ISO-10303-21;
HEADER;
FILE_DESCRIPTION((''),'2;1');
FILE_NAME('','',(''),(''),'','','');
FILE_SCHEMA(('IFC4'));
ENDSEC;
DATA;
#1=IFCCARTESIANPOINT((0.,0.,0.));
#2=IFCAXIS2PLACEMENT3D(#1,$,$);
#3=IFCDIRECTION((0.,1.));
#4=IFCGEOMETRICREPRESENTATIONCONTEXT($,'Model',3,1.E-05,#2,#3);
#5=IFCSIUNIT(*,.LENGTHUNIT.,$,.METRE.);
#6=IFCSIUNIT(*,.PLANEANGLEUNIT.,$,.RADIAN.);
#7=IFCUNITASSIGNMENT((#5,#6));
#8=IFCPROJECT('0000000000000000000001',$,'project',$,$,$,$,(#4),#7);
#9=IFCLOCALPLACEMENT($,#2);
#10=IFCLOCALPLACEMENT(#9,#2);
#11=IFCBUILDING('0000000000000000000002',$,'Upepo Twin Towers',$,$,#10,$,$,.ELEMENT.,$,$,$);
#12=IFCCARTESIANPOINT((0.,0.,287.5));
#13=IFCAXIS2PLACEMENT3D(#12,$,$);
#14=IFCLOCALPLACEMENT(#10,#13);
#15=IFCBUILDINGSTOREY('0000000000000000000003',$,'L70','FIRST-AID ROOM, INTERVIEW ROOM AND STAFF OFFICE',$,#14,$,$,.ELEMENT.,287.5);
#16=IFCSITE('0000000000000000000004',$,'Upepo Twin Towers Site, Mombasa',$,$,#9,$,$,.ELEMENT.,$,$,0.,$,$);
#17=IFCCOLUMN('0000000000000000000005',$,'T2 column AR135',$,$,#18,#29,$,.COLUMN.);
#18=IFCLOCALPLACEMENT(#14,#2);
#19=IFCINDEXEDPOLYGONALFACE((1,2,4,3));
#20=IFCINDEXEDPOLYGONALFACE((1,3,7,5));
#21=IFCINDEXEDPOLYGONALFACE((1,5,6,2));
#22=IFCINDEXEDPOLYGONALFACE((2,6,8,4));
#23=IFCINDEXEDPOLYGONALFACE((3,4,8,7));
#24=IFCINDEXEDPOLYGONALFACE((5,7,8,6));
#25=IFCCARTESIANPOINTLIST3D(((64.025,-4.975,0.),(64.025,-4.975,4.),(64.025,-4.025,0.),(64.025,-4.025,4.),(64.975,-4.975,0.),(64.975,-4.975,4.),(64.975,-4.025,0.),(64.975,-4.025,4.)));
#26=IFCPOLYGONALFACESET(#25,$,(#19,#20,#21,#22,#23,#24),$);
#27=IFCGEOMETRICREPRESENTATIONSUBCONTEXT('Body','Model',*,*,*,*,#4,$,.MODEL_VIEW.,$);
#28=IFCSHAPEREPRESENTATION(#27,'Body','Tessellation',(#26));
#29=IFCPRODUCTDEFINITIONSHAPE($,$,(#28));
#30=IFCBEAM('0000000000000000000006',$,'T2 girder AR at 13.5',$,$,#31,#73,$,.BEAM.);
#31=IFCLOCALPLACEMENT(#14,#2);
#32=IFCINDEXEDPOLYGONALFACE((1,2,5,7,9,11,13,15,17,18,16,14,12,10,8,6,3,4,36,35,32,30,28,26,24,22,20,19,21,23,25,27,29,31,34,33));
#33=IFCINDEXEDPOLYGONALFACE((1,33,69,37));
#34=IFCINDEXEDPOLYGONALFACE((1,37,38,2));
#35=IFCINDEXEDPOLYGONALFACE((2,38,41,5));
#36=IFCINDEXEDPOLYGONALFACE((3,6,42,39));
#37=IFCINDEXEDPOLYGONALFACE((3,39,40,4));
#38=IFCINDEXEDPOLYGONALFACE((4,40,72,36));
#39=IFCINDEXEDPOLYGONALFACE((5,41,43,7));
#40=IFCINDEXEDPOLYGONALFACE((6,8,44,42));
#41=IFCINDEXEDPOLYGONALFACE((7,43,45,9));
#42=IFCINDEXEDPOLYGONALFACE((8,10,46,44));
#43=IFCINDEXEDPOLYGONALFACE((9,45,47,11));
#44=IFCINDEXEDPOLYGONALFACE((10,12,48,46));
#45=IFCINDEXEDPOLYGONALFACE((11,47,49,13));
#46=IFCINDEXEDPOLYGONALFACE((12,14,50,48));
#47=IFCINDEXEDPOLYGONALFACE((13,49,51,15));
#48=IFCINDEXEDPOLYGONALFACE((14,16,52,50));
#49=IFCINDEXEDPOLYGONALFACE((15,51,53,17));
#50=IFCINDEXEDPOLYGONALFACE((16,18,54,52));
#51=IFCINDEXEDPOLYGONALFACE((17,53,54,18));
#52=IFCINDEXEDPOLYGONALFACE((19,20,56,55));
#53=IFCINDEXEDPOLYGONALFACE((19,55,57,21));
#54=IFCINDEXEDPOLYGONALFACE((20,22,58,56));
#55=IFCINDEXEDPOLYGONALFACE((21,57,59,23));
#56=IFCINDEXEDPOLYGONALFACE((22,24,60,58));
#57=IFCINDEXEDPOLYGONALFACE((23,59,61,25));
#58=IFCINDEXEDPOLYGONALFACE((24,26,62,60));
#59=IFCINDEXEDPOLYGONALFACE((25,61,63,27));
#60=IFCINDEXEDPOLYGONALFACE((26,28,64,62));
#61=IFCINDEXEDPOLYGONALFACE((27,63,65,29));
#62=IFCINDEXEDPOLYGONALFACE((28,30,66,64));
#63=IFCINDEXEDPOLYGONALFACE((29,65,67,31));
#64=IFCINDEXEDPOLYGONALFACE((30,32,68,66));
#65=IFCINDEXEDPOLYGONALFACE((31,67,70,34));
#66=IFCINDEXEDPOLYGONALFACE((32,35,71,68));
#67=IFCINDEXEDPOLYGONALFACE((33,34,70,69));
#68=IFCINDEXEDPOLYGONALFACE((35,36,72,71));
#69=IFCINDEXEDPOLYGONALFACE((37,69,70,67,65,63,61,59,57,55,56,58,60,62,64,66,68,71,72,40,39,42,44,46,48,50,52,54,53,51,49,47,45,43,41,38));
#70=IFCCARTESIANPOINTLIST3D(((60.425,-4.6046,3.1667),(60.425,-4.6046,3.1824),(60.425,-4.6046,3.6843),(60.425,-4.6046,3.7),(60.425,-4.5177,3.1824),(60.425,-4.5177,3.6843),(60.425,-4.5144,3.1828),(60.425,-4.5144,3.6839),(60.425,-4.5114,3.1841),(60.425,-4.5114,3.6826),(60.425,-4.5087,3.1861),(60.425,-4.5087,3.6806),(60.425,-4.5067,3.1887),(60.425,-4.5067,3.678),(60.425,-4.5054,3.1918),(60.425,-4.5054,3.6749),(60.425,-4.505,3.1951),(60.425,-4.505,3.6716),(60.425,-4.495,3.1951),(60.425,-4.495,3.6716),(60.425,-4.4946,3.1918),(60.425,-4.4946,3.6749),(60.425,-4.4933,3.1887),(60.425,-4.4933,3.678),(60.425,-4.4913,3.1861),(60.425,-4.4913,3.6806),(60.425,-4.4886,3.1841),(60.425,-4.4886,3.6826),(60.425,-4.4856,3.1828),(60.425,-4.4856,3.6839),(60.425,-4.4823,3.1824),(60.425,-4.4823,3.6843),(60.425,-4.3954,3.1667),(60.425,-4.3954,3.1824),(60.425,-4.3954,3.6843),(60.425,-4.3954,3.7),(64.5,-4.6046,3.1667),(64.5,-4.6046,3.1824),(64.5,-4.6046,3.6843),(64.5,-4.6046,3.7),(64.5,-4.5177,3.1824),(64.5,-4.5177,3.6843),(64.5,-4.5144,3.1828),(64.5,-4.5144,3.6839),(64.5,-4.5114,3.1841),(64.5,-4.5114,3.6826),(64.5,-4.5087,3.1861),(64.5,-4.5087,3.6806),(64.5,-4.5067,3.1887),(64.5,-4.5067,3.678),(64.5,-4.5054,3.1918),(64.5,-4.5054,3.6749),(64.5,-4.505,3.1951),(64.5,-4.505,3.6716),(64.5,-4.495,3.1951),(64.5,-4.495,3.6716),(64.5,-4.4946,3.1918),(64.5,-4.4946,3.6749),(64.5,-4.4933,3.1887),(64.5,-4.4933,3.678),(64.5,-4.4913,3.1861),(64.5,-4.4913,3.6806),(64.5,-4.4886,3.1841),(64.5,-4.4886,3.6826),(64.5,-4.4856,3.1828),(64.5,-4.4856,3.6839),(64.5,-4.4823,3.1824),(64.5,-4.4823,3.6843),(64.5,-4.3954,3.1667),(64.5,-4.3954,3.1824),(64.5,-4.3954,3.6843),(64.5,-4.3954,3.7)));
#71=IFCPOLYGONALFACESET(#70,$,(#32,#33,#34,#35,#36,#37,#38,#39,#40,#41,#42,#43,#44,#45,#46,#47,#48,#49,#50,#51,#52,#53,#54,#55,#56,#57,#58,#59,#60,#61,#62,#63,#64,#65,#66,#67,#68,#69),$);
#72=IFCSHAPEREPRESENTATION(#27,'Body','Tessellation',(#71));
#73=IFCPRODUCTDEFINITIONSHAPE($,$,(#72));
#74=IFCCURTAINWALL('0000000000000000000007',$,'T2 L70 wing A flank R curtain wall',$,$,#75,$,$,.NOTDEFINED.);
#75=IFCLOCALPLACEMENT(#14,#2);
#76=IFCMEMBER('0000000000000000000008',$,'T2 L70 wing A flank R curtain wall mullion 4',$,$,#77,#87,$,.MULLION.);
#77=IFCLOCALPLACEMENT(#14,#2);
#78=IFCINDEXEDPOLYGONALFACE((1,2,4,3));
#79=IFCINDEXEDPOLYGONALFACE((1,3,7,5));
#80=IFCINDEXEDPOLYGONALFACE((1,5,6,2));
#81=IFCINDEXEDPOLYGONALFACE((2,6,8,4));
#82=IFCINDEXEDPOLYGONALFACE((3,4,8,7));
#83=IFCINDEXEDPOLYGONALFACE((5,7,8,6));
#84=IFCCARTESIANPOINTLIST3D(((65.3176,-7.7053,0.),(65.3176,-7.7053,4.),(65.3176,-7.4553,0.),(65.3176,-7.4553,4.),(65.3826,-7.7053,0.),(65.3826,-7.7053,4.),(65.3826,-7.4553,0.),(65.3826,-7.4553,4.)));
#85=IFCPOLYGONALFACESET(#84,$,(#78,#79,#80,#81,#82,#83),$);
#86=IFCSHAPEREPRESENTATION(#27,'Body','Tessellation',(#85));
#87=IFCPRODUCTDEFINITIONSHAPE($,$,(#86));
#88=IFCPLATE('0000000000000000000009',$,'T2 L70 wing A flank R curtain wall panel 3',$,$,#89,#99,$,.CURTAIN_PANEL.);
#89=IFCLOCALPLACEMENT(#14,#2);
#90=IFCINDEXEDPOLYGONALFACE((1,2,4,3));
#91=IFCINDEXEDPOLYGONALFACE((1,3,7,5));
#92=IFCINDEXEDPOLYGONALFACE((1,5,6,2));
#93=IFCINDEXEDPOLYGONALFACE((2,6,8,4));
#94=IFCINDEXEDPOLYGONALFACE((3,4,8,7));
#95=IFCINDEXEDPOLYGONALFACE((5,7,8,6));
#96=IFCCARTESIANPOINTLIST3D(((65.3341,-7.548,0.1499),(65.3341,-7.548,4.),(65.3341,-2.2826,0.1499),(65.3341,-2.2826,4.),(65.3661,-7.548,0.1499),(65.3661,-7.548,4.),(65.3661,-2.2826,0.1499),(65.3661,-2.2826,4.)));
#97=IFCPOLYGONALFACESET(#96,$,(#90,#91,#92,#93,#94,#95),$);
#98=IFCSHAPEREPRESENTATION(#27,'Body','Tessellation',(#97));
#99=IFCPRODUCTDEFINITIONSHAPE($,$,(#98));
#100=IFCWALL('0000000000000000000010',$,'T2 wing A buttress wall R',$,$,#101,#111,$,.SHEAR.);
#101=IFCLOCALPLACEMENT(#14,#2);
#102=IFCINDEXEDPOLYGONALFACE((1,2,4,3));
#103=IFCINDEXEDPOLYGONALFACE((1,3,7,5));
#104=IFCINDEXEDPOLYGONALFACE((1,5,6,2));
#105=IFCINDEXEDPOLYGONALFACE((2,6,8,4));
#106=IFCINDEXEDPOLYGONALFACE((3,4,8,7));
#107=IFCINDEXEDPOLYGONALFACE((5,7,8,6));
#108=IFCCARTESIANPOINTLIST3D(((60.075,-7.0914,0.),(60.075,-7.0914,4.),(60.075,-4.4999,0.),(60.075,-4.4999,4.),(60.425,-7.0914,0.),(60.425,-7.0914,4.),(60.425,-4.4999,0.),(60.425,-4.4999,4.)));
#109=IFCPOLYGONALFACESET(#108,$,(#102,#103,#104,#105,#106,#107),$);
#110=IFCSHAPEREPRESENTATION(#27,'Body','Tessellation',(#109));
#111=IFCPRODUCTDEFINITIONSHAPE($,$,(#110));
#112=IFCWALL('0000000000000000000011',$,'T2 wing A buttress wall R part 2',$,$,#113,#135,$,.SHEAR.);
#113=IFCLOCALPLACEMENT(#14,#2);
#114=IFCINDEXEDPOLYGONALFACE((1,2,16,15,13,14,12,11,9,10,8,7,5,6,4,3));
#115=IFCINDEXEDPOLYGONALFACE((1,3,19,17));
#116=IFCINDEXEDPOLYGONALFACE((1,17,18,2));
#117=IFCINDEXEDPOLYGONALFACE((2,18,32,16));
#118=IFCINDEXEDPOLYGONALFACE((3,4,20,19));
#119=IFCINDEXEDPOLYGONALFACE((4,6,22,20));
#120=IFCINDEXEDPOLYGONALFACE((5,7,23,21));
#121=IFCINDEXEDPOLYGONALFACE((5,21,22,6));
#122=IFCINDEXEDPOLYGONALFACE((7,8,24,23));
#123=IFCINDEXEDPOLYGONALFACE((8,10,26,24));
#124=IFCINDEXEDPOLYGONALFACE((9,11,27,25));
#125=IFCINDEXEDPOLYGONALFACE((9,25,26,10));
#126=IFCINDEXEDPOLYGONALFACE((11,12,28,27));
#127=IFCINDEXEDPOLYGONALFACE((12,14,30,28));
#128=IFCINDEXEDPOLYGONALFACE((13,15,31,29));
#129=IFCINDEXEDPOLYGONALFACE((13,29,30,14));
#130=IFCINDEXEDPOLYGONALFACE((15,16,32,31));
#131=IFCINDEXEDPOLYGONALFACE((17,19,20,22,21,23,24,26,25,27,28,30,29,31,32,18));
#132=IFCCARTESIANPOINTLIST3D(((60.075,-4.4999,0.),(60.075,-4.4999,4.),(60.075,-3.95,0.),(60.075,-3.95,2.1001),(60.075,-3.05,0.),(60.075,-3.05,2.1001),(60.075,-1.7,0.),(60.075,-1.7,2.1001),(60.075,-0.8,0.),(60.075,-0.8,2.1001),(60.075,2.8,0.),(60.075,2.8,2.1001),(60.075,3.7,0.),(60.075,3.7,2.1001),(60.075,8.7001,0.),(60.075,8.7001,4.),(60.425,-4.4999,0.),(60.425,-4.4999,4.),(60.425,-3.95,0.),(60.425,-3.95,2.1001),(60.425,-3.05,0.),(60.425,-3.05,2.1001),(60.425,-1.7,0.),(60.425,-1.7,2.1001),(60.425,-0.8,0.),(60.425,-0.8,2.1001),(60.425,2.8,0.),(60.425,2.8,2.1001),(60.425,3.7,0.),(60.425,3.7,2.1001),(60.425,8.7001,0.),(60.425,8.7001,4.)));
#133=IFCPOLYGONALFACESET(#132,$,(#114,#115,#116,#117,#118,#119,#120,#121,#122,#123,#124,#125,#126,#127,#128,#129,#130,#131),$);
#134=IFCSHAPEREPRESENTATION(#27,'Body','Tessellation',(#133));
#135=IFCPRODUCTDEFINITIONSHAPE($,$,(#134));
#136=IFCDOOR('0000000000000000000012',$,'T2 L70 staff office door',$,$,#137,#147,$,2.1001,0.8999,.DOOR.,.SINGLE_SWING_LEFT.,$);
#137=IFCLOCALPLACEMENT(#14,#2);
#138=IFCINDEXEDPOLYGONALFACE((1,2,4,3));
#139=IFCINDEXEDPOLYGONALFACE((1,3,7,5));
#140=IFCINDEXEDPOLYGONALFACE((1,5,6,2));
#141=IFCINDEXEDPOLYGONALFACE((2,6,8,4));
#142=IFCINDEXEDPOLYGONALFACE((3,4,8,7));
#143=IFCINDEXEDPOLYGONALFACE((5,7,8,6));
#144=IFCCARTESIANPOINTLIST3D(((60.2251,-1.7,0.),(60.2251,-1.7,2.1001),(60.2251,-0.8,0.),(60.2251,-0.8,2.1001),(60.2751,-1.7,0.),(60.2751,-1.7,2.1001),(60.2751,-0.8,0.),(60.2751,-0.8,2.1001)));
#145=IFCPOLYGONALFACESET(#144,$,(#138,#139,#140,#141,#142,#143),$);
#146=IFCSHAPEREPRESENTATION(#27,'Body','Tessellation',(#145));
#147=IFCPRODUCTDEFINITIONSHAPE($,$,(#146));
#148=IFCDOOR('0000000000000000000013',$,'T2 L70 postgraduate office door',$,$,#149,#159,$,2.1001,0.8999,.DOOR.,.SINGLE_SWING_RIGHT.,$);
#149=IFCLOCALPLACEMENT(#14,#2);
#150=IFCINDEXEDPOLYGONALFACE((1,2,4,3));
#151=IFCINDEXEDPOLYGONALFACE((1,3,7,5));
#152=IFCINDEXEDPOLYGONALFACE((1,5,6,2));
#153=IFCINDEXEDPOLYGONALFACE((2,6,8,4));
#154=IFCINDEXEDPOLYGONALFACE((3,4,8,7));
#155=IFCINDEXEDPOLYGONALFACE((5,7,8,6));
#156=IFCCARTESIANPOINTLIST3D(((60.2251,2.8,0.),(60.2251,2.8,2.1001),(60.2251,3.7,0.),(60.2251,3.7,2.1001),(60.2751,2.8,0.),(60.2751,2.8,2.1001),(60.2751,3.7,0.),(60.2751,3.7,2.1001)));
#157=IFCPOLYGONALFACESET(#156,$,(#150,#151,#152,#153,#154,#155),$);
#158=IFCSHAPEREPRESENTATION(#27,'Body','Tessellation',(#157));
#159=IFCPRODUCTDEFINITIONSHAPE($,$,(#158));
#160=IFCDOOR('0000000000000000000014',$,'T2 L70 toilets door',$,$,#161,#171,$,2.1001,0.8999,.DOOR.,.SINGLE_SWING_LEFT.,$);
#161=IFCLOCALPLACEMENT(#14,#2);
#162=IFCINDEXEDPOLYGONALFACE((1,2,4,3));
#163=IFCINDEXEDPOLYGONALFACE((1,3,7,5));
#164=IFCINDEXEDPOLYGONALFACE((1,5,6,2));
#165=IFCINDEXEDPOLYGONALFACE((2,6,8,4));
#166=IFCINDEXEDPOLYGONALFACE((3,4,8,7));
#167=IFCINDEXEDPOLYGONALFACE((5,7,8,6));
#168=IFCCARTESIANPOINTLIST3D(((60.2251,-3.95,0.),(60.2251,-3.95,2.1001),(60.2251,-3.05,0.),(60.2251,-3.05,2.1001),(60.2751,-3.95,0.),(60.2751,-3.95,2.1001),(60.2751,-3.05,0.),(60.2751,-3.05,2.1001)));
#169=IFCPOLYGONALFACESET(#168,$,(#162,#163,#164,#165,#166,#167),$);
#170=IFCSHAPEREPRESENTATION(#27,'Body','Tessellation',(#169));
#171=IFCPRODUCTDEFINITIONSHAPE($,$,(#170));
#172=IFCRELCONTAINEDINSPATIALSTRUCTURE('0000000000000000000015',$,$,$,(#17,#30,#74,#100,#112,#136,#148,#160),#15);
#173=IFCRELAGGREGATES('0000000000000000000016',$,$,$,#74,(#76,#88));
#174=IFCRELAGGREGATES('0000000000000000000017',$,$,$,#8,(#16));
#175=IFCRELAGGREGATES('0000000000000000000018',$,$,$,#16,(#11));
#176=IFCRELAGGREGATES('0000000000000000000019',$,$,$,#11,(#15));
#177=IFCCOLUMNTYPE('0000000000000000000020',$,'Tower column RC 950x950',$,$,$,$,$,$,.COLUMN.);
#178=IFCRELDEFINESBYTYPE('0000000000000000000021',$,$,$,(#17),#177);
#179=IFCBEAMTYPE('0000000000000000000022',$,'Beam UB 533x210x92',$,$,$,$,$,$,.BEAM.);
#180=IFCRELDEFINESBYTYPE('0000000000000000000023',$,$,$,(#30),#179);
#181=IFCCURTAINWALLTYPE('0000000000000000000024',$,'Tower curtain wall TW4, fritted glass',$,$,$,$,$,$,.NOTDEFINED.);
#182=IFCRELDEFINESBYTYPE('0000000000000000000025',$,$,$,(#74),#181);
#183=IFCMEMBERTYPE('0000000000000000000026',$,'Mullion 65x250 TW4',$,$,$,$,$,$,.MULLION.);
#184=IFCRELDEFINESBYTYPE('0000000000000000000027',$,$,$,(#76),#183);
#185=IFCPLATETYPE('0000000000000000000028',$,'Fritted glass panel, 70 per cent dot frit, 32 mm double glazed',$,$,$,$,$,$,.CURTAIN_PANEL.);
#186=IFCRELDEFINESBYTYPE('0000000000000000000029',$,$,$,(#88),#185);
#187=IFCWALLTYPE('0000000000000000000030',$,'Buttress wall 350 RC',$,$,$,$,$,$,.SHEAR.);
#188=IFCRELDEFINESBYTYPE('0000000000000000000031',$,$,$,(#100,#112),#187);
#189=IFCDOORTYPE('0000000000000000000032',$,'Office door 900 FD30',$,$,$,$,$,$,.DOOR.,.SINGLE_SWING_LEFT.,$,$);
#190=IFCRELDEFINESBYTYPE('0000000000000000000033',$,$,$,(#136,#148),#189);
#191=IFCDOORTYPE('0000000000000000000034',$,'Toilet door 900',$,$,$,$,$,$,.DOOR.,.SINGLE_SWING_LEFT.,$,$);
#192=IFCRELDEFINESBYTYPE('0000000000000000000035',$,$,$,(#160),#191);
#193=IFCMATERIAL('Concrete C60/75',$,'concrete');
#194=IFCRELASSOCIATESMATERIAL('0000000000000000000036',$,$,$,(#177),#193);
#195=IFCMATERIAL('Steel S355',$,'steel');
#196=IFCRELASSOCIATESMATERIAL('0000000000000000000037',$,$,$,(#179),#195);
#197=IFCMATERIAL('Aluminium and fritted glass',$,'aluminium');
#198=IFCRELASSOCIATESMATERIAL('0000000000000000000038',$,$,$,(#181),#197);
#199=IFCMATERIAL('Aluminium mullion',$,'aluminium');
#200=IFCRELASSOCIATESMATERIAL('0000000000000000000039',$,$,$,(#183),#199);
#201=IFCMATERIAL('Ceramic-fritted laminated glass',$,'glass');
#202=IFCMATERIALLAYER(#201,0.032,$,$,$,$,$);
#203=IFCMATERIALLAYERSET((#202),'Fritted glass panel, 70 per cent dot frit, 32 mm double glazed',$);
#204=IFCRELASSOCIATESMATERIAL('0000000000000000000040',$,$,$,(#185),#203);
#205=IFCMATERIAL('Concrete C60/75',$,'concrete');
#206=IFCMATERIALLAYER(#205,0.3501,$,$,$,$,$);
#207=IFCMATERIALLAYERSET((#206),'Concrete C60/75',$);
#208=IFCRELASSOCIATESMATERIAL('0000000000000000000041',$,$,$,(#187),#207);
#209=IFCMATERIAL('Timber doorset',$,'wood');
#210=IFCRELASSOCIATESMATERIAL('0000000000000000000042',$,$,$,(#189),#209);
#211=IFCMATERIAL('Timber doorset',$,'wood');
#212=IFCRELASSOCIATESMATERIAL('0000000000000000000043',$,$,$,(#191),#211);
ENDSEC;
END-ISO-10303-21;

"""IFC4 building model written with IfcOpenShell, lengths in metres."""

from ifc_helpers import new_model, si_unit, direction, frame, frame_2d, origin, origin_2d, place, context, subcontext, project, spatial, rectangle, i_section, extrude, material, layer, layer_set, material_profile, profile_set, type_object, element, fill, aggregate, save


model = new_model("IFC4")

# Units and contexts
model_context = context("Model", 3, precision=1e-05, world=origin(), true_north=direction((0.0, 1.0)))
body_context = subcontext(model_context, "Body", "Model", "MODEL_VIEW")
ifc_project = project(units=[si_unit("LENGTHUNIT", "METRE"), si_unit("PLANEANGLEUNIT", "RADIAN")], contexts=[model_context])

# Site, building, storey
site_placement = place(None, origin())
site = spatial("IfcSite", under=ifc_project, at=site_placement, Name="Upepo Twin Towers Site, Mombasa", CompositionType="ELEMENT", RefElevation=0.0)
building_placement = place(site_placement, origin())
building = spatial("IfcBuilding", under=site, at=building_placement, Name="Upepo Twin Towers", CompositionType="ELEMENT")
storey_placement = place(building_placement, frame((0.0, 0.0, 287.5)))
storey = spatial("IfcBuildingStorey", under=building, at=storey_placement, Name="L70", Description="FIRST-AID ROOM, INTERVIEW ROOM AND STAFF OFFICE", CompositionType="ELEMENT", Elevation=287.5)

# Column
ifc_material_1 = material(Name="Concrete C60/75", Category="concrete")
ifc_material_profile_1 = material_profile(ifc_material_1, rectangle(XDim=0.95, YDim=0.95, at=origin_2d()), Name="RC 950x950")
ifc_profile_set_1 = profile_set([ifc_material_profile_1], Name="Concrete C60/75")
column_type = type_object("IfcColumnType", Name="Tower column RC 950x950", PredefinedType="COLUMN", material=ifc_profile_set_1)
column_placement = place(storey_placement, frame((64.5, -4.5, 0.0), z_axis=(0.0, 0.0, 1.0), x_axis=(1.0, 0.0, 0.0)))
element("IfcColumn", 1, at=column_placement, inside=storey, type_object=column_type, Name="T2 column AR135", PredefinedType="COLUMN", context=body_context, shape_type="SweptSolid", body=[
    extrude(rectangle(XDim=0.95, YDim=0.95, at=origin_2d()), origin(), (0.0, 0.0, 1.0), 4.0),
])

# Beam
ifc_material_2 = material(Name="Steel S355", Category="steel")
ifc_material_profile_2 = material_profile(ifc_material_2, i_section(OverallWidth=0.2092, OverallDepth=0.5332, WebThickness=0.01, FlangeThickness=0.0156, FilletRadius=0.0127, at=origin_2d()), Name="UB 533x210x92")
ifc_profile_set_2 = profile_set([ifc_material_profile_2], Name="Steel S355")
beam_type = type_object("IfcBeamType", Name="Beam UB 533x210x92", PredefinedType="BEAM", material=ifc_profile_set_2)
beam_placement = place(storey_placement, frame((64.5, -4.5, 3.4333), z_axis=(-1.0, 0.0, 0.0), x_axis=(0.0, -1.0, 0.0)))
element("IfcBeam", 2, at=beam_placement, inside=storey, type_object=beam_type, Name="T2 girder AR at 13.5", PredefinedType="BEAM", context=body_context, shape_type="SweptSolid", body=[
    extrude(i_section(OverallWidth=0.2092, OverallDepth=0.5332, WebThickness=0.01, FlangeThickness=0.0156, FilletRadius=0.0127, at=origin_2d()), origin(), (0.0, 0.0, 1.0), 4.075),
])

# Curtain wall, member, plate
ifc_material_3 = material(Name="Aluminium and fritted glass", Category="aluminium")
curtain_wall_type = type_object("IfcCurtainWallType", Name="Tower curtain wall TW4, fritted glass", PredefinedType="NOTDEFINED", material=ifc_material_3)
curtain_wall_placement = place(storey_placement, origin())
curtain_wall = element("IfcCurtainWall", 3, at=curtain_wall_placement, inside=storey, type_object=curtain_wall_type, Name="T2 L70 wing A flank R curtain wall", PredefinedType="NOTDEFINED")
ifc_material_4 = material(Name="Aluminium mullion", Category="aluminium")
ifc_material_profile_3 = material_profile(ifc_material_4, rectangle(XDim=0.0649, YDim=0.25, at=origin_2d()), Name="MULLION 65x250")
ifc_profile_set_3 = profile_set([ifc_material_profile_3], Name="Aluminium mullion")
member_type = type_object("IfcMemberType", Name="Mullion 65x250 TW4", PredefinedType="MULLION", material=ifc_profile_set_3)
member_placement = place(storey_placement, frame((65.3501, -7.5803, 0.0), z_axis=(0.0, 0.0, 1.0), x_axis=(1.0, 0.0, 0.0)))
member = element("IfcMember", 4, at=member_placement, type_object=member_type, Name="T2 L70 wing A flank R curtain wall mullion 4", PredefinedType="MULLION", context=body_context, shape_type="SweptSolid", body=[
    extrude(rectangle(XDim=0.0649, YDim=0.25, at=origin_2d()), origin(), (0.0, 0.0, 1.0), 4.0),
])
ifc_material_5 = material(Name="Ceramic-fritted laminated glass", Category="glass")
ifc_layer_1 = layer(ifc_material_5, 0.032)
ifc_layer_set_1 = layer_set([ifc_layer_1], Name="Fritted glass panel, 70 per cent dot frit, 32 mm double glazed")
plate_type = type_object("IfcPlateType", Name="Fritted glass panel, 70 per cent dot frit, 32 mm double glazed", PredefinedType="CURTAIN_PANEL", material=ifc_layer_set_1)
plate_placement = place(storey_placement, frame((65.3501, -4.9153, 0.1499), z_axis=(0.0, 0.0, 1.0), x_axis=(0.0, -1.0, 0.0)))
plate = element("IfcPlate", 5, at=plate_placement, type_object=plate_type, Name="T2 L70 wing A flank R curtain wall panel 3", PredefinedType="CURTAIN_PANEL", context=body_context, shape_type="SweptSolid", body=[
    extrude(rectangle(XDim=5.2654, YDim=0.032, at=origin_2d()), origin(), (0.0, 0.0, 1.0), 3.8501),
])
aggregate(curtain_wall, [member, plate])

# Wall
ifc_material_6 = material(Name="Concrete C60/75", Category="concrete")
ifc_layer_2 = layer(ifc_material_6, 0.3501)
ifc_layer_set_2 = layer_set([ifc_layer_2], Name="Concrete C60/75")
wall_type_1 = type_object("IfcWallType", Name="Buttress wall 350 RC", PredefinedType="SHEAR", material=ifc_layer_set_2)
wall_1_placement = place(storey_placement, frame((60.25, -7.0916, 0.0), z_axis=(0.0, 0.0, 1.0), x_axis=(0.0, 1.0, 0.0)))
element("IfcWall", 6, at=wall_1_placement, inside=storey, type_object=wall_type_1, Name="T2 wing A buttress wall R", PredefinedType="SHEAR", context=body_context, shape_type="SweptSolid", body=[
    extrude(rectangle(XDim=2.5916, YDim=0.3501, at=frame_2d((1.2959, 0.0))), origin(), (0.0, 0.0, 1.0), 4.0),
])

# Wall, openings, doors
wall_2_placement = place(storey_placement, frame((60.25, -4.5, 0.0), z_axis=(0.0, 0.0, 1.0), x_axis=(0.0, 1.0, 0.0)))
wall_2 = element("IfcWall", 7, at=wall_2_placement, inside=storey, type_object=wall_type_1, Name="T2 wing A buttress wall R part 2", PredefinedType="SHEAR", context=body_context, shape_type="SweptSolid", body=[
    extrude(rectangle(XDim=13.2, YDim=0.3501, at=frame_2d((6.6001, 0.0))), origin(), (0.0, 0.0, 1.0), 4.0),
])
opening_1_placement = place(wall_2_placement, frame((0.55, 0.0, 0.0)))
opening_1 = element("IfcOpeningElement", 8, at=opening_1_placement, cuts=wall_2, PredefinedType="OPENING", context=body_context, shape_type="SweptSolid", body=[
    extrude(rectangle(XDim=0.8999, YDim=2.1001, at=frame_2d((0.45, 1.05))), frame((0.0, 0.1851, 0.0), z_axis=(0.0, -1.0, 0.0), x_axis=(1.0, 0.0, 0.0)), (0.0, 0.0, 1.0), 0.3701),
])
opening_2_placement = place(wall_2_placement, frame((2.8, 0.0, 0.0)))
opening_2 = element("IfcOpeningElement", 9, at=opening_2_placement, cuts=wall_2, PredefinedType="OPENING", context=body_context, shape_type="SweptSolid", body=[
    extrude(rectangle(XDim=0.8999, YDim=2.1001, at=frame_2d((0.45, 1.05))), frame((0.0, 0.1851, 0.0), z_axis=(0.0, -1.0, 0.0), x_axis=(1.0, 0.0, 0.0)), (0.0, 0.0, 1.0), 0.3701),
])
opening_3_placement = place(wall_2_placement, frame((7.3, 0.0, 0.0)))
opening_3 = element("IfcOpeningElement", 10, at=opening_3_placement, cuts=wall_2, PredefinedType="OPENING", context=body_context, shape_type="SweptSolid", body=[
    extrude(rectangle(XDim=0.8999, YDim=2.1001, at=frame_2d((0.45, 1.05))), frame((0.0, 0.1851, 0.0), z_axis=(0.0, -1.0, 0.0), x_axis=(1.0, 0.0, 0.0)), (0.0, 0.0, 1.0), 0.3701),
])
ifc_material_7 = material(Name="Timber doorset", Category="wood")
door_type_1 = type_object("IfcDoorType", Name="Office door 900 FD30", OperationType="SINGLE_SWING_LEFT", PredefinedType="DOOR", material=ifc_material_7)
door_1_placement = place(opening_2_placement, origin())
door_1 = element("IfcDoor", 11, at=door_1_placement, inside=storey, type_object=door_type_1, Name="T2 L70 staff office door", OperationType="SINGLE_SWING_LEFT", OverallHeight=2.1001, OverallWidth=0.8999, PredefinedType="DOOR", context=body_context, shape_type="SweptSolid", body=[
    extrude(rectangle(XDim=0.8999, YDim=2.1001, at=frame_2d((0.45, 1.05))), frame((0.0, 0.0249, 0.0), z_axis=(0.0, -1.0, 0.0), x_axis=(1.0, 0.0, 0.0)), (0.0, 0.0, 1.0), 0.05),
])
fill(opening_2, door_1)
door_2_placement = place(opening_3_placement, origin())
door_2 = element("IfcDoor", 12, at=door_2_placement, inside=storey, type_object=door_type_1, Name="T2 L70 postgraduate office door", OperationType="SINGLE_SWING_RIGHT", OverallHeight=2.1001, OverallWidth=0.8999, PredefinedType="DOOR", context=body_context, shape_type="SweptSolid", body=[
    extrude(rectangle(XDim=0.8999, YDim=2.1001, at=frame_2d((0.45, 1.05))), frame((0.0, 0.0249, 0.0), z_axis=(0.0, -1.0, 0.0), x_axis=(1.0, 0.0, 0.0)), (0.0, 0.0, 1.0), 0.05),
])
fill(opening_3, door_2)
ifc_material_8 = material(Name="Timber doorset", Category="wood")
door_type_2 = type_object("IfcDoorType", Name="Toilet door 900", OperationType="SINGLE_SWING_LEFT", PredefinedType="DOOR", material=ifc_material_8)
door_3_placement = place(opening_1_placement, origin())
door_3 = element("IfcDoor", 13, at=door_3_placement, inside=storey, type_object=door_type_2, Name="T2 L70 toilets door", OperationType="SINGLE_SWING_LEFT", OverallHeight=2.1001, OverallWidth=0.8999, PredefinedType="DOOR", context=body_context, shape_type="SweptSolid", body=[
    extrude(rectangle(XDim=0.8999, YDim=2.1001, at=frame_2d((0.45, 1.05))), frame((0.0, 0.0249, 0.0), z_axis=(0.0, -1.0, 0.0), x_axis=(1.0, 0.0, 0.0)), (0.0, 0.0, 1.0), 0.05),
])
fill(opening_1, door_3)

save(model, "model.ifc")
